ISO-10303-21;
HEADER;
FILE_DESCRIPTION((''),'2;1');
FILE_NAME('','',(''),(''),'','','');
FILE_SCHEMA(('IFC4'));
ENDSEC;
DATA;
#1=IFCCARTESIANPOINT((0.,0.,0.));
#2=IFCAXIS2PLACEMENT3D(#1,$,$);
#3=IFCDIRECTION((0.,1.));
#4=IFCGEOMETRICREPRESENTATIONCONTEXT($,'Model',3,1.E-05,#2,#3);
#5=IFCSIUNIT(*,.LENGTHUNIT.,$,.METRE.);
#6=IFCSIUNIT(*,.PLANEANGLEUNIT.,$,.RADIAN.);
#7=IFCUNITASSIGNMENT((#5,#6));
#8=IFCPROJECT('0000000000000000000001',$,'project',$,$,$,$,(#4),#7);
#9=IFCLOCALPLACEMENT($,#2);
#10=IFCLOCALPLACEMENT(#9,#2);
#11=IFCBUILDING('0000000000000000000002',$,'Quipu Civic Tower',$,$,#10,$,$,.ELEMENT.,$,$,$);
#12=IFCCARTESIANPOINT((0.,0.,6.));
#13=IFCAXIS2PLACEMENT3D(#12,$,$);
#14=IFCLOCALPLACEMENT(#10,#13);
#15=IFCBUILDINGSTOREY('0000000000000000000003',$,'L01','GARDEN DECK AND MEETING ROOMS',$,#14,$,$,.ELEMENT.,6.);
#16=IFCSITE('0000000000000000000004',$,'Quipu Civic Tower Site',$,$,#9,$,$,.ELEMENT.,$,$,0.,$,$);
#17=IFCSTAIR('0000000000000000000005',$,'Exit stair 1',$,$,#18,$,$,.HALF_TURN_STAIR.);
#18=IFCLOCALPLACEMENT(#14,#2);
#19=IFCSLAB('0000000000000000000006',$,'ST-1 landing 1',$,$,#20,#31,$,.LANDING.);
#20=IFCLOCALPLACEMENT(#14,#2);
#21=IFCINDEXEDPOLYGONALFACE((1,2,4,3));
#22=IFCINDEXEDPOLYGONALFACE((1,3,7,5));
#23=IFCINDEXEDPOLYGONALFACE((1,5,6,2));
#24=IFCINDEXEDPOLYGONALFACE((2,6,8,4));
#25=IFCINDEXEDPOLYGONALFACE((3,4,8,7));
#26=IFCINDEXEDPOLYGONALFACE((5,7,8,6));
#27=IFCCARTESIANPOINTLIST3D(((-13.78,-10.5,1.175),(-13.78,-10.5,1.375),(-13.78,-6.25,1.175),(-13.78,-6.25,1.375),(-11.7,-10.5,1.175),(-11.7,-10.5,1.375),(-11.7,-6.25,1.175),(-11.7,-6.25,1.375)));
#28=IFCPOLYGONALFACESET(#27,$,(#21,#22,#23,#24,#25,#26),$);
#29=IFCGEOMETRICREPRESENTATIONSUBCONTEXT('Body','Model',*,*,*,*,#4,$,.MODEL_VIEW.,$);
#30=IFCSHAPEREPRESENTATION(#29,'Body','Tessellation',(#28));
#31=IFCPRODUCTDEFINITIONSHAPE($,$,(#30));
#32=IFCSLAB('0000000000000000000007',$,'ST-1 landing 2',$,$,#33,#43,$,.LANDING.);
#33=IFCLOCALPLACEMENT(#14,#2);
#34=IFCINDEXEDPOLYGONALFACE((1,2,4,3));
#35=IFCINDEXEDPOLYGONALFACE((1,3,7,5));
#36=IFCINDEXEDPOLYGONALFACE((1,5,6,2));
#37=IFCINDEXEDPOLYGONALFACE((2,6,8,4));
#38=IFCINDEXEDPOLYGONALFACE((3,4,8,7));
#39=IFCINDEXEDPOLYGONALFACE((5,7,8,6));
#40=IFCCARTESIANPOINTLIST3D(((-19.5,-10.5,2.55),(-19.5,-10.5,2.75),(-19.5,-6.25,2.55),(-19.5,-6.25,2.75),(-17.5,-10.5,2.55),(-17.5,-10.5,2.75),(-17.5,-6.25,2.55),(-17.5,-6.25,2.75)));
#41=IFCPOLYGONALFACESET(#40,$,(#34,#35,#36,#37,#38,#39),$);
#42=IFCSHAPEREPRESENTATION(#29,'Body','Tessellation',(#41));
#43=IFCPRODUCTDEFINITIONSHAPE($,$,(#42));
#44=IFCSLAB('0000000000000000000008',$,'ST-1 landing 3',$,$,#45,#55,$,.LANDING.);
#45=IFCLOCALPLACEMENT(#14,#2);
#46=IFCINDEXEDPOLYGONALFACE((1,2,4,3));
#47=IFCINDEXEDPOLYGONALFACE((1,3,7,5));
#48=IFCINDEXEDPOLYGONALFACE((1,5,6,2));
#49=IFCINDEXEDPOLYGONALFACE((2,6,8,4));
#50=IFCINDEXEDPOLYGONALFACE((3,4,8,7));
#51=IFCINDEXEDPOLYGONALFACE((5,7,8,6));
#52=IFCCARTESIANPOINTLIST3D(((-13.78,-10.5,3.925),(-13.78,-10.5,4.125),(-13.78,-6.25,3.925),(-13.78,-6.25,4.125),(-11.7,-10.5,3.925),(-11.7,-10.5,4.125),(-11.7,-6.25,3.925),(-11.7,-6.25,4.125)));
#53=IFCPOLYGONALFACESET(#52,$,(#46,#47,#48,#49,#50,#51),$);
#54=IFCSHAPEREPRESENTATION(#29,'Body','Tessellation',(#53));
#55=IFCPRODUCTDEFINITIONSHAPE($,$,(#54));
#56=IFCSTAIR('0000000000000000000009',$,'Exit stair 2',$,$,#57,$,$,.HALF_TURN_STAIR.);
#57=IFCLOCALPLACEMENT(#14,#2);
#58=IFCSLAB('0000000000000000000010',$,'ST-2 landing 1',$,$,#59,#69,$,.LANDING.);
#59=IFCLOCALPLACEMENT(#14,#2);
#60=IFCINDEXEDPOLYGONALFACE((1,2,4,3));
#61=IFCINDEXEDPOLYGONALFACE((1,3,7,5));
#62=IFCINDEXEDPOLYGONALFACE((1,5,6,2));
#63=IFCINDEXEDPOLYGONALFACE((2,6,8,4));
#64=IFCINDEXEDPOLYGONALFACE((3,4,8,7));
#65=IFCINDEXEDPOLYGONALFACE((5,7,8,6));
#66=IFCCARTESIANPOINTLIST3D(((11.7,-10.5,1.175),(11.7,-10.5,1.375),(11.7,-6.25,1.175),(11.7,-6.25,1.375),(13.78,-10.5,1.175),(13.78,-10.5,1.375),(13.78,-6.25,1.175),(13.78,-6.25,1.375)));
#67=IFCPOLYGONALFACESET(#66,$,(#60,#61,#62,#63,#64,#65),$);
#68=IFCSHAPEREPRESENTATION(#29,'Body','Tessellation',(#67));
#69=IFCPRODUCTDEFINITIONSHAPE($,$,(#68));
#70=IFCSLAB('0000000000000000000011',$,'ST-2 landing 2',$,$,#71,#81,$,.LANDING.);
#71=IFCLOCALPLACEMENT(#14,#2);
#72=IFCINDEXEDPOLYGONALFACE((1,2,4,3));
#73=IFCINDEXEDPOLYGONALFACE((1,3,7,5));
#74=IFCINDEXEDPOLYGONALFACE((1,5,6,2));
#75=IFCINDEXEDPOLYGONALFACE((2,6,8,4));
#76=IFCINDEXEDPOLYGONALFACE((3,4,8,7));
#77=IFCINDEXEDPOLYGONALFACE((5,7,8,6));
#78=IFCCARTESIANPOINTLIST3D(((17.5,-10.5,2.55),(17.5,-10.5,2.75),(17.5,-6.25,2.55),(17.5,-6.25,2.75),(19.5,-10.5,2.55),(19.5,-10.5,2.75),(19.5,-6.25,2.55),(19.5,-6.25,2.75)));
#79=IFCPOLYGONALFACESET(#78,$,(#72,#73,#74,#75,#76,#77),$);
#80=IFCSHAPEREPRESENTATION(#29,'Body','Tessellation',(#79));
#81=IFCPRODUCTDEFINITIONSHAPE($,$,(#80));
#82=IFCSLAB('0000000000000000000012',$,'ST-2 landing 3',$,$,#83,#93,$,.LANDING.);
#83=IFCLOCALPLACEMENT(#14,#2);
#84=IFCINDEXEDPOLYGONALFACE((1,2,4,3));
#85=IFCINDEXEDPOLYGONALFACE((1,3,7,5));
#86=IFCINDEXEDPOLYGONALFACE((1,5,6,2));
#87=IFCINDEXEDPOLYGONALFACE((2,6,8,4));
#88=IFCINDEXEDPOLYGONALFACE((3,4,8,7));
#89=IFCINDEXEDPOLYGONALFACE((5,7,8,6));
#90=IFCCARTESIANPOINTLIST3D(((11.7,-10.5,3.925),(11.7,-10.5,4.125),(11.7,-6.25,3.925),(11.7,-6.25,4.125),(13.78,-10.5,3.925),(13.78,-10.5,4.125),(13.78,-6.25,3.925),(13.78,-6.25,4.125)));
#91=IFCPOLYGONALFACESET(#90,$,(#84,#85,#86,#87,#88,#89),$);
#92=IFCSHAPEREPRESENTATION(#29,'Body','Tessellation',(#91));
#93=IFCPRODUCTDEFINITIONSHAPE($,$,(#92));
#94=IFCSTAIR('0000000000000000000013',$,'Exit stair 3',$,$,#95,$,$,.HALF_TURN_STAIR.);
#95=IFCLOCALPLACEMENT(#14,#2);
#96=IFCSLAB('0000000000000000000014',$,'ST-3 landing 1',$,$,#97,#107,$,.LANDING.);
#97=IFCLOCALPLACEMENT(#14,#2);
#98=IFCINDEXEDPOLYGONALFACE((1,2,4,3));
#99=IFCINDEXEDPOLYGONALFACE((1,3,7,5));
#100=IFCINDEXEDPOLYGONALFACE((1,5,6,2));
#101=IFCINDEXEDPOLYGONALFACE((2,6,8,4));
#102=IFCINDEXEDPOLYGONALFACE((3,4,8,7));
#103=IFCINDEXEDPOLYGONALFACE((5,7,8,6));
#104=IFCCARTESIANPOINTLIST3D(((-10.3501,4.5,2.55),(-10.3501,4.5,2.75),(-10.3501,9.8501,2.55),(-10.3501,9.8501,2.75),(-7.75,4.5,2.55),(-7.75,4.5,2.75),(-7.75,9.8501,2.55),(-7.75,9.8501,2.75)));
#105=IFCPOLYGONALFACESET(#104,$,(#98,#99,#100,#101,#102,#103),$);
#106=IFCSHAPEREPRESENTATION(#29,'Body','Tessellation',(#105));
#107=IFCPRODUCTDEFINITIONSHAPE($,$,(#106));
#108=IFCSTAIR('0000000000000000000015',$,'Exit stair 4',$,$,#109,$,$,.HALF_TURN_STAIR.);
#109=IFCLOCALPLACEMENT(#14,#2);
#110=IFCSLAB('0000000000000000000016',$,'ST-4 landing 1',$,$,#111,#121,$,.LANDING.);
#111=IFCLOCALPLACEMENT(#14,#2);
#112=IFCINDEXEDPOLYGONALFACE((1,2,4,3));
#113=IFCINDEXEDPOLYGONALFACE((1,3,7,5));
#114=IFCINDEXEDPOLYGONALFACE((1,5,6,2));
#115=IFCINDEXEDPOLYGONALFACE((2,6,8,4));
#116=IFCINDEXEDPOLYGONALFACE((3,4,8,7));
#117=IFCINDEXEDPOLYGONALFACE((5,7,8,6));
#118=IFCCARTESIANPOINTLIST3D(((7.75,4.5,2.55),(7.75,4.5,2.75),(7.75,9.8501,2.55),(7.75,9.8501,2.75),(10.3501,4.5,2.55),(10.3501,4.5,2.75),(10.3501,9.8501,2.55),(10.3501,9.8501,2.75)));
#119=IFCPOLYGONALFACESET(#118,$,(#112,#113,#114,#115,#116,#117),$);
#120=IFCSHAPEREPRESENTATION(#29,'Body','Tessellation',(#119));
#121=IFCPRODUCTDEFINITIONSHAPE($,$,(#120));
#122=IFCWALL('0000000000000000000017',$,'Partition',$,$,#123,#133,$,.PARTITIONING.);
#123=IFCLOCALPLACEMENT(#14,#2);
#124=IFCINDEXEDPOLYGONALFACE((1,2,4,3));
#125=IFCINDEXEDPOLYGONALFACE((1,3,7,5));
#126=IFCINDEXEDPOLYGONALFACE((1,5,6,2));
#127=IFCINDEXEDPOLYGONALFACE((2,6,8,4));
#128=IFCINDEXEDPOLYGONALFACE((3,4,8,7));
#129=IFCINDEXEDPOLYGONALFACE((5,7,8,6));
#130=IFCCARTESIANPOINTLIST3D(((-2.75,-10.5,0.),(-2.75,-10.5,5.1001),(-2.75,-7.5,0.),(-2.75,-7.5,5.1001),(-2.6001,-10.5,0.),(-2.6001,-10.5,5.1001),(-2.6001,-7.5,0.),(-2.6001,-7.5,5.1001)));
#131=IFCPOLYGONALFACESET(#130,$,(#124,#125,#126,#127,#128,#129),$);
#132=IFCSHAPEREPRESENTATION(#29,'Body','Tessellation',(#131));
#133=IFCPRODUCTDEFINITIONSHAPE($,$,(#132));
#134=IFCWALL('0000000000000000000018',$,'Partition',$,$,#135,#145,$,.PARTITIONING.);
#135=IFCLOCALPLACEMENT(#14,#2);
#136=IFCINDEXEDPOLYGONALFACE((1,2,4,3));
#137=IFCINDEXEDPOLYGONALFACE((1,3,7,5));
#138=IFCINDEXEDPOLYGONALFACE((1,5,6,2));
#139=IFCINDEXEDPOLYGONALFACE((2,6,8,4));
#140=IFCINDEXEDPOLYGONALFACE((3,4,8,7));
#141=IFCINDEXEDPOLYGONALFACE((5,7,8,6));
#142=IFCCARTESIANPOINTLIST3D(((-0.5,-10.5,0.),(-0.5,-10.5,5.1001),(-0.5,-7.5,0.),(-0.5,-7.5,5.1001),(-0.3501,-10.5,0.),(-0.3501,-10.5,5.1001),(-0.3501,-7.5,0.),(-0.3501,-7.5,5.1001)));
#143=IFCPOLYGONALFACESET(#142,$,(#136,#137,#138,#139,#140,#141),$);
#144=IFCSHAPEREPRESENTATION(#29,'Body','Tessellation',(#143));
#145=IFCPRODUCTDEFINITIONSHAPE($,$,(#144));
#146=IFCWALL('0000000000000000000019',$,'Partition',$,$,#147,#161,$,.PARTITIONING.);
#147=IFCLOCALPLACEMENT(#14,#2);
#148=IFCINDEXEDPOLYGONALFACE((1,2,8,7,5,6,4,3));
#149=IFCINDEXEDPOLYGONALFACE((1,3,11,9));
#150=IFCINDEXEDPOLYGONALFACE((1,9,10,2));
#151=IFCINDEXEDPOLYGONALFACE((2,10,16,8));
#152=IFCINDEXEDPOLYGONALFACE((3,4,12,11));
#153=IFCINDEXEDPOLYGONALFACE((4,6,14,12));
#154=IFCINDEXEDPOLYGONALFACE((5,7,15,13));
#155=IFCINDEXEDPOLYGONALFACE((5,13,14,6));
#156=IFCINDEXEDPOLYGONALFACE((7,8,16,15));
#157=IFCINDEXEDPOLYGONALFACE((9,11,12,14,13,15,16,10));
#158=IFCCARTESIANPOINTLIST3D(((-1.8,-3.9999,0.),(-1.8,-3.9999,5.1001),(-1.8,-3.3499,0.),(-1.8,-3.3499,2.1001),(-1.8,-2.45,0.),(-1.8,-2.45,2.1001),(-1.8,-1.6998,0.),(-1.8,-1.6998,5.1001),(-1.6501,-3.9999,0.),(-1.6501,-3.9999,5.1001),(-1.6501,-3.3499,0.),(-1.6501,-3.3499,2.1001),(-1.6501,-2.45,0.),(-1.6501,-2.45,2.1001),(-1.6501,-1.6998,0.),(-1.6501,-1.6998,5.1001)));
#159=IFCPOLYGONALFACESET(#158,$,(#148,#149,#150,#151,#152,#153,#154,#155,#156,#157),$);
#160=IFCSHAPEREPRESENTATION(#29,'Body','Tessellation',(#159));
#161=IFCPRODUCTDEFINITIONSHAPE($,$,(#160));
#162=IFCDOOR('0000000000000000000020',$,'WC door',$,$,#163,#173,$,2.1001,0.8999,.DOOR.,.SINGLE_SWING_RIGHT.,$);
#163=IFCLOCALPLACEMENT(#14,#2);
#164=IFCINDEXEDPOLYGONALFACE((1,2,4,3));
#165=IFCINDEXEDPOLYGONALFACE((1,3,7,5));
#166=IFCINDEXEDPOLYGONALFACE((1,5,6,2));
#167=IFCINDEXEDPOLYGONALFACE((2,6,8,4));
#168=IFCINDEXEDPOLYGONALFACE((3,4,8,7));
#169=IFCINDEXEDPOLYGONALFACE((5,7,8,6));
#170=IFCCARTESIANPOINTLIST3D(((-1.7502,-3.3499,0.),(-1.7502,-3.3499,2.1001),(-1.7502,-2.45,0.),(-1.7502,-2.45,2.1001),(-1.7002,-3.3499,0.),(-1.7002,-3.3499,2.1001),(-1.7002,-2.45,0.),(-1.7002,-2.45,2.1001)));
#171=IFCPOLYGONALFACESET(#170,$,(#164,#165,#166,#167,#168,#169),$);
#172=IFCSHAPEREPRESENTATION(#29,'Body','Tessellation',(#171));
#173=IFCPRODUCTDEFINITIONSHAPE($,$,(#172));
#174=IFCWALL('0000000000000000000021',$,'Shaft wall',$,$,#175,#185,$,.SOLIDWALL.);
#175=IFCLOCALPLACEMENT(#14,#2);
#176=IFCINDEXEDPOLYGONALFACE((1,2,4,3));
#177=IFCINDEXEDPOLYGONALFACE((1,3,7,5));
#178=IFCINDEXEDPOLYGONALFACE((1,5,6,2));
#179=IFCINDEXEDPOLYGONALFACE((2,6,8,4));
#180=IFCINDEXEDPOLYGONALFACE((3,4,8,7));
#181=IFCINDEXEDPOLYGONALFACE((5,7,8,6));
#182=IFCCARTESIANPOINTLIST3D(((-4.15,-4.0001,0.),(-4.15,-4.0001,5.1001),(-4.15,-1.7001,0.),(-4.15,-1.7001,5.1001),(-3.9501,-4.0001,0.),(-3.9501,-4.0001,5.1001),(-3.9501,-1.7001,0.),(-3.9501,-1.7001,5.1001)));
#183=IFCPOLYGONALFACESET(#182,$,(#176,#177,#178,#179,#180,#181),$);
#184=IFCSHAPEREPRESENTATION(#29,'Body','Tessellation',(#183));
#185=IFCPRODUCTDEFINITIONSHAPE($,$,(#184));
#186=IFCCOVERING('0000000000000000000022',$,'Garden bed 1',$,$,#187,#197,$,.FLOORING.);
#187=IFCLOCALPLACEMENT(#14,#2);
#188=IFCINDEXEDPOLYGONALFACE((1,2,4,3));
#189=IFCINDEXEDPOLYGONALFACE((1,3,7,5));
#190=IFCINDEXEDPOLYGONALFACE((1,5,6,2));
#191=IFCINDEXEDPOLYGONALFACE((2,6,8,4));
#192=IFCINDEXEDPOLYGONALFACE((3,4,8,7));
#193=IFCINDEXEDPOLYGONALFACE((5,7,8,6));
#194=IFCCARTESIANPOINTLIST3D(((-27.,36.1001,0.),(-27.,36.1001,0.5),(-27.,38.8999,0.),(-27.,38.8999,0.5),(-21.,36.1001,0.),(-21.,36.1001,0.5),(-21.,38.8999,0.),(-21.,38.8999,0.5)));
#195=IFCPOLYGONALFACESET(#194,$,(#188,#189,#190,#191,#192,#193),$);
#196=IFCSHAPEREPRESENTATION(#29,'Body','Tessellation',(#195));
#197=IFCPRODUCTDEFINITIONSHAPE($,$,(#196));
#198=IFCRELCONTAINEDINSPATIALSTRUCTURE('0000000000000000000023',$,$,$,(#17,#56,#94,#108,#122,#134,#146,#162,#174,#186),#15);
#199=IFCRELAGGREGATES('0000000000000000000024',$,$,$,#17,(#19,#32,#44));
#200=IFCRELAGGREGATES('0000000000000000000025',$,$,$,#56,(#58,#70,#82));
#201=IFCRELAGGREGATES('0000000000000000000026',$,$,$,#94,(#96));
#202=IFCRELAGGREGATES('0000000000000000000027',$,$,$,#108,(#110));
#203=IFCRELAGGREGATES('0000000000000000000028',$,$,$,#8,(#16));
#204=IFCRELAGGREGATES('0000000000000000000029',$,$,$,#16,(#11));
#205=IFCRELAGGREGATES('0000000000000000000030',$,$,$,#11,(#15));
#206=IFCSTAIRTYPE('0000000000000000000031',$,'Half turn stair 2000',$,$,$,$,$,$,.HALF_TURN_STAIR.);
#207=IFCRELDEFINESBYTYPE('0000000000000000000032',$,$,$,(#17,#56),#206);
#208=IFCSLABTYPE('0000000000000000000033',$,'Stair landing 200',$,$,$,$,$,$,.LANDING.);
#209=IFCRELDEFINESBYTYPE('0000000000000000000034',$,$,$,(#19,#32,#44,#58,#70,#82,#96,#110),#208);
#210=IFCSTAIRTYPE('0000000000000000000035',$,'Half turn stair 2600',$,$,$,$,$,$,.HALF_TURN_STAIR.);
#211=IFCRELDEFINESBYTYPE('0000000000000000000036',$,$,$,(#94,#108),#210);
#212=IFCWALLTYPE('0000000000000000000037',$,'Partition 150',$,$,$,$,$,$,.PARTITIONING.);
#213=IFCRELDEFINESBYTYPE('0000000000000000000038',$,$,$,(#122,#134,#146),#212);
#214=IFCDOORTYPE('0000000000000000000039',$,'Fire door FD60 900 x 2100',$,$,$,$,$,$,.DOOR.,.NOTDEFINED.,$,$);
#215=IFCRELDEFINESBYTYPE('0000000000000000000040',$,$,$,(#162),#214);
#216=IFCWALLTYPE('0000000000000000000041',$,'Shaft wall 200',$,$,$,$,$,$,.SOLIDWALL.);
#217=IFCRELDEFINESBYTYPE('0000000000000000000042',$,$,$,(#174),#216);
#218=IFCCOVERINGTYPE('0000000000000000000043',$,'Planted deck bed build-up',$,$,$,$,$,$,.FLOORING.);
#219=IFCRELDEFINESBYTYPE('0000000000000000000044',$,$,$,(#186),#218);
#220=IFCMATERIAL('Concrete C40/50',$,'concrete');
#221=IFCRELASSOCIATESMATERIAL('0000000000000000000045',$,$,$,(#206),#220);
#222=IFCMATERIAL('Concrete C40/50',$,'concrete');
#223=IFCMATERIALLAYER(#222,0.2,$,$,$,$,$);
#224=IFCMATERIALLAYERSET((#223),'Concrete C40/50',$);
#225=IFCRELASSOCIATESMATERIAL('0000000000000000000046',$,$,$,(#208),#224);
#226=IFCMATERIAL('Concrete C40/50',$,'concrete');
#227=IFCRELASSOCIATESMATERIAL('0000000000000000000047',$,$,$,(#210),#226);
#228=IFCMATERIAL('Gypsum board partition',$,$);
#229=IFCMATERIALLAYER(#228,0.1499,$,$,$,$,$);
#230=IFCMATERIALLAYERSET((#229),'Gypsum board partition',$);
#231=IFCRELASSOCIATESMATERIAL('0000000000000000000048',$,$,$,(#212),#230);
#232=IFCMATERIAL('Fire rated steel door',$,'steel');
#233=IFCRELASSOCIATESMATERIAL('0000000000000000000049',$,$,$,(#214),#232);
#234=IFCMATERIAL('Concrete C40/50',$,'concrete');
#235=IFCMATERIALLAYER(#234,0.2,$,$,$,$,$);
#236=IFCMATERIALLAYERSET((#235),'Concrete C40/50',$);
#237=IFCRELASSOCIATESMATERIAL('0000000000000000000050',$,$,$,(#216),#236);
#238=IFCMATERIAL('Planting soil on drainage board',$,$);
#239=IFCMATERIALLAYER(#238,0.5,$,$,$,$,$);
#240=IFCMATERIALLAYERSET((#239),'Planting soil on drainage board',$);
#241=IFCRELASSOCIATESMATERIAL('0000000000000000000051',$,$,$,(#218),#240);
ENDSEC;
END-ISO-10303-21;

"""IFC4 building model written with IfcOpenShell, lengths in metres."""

from ifc_helpers import new_model, si_unit, direction, frame, frame_2d, origin, place, context, subcontext, project, spatial, polyline, rectangle, outline, extrude, material, layer, layer_set, type_object, element, fill, aggregate, save


model = new_model("IFC4")

# Units and contexts
model_context = context("Model", 3, precision=1e-05, world=origin(), true_north=direction((0.0, 1.0)))
body_context = subcontext(model_context, "Body", "Model", "MODEL_VIEW")
ifc_project = project(units=[si_unit("LENGTHUNIT", "METRE"), si_unit("PLANEANGLEUNIT", "RADIAN")], contexts=[model_context])

# Site, building, storey
site_placement = place(None, origin())
site = spatial("IfcSite", under=ifc_project, at=site_placement, Name="Quipu Civic Tower Site", CompositionType="ELEMENT", RefElevation=0.0)
building_placement = place(site_placement, origin())
building = spatial("IfcBuilding", under=site, at=building_placement, Name="Quipu Civic Tower", CompositionType="ELEMENT")
storey_placement = place(building_placement, frame((0.0, 0.0, 6.0)))
storey = spatial("IfcBuildingStorey", under=building, at=storey_placement, Name="L01", Description="GARDEN DECK AND MEETING ROOMS", CompositionType="ELEMENT", Elevation=6.0)

# Stairs, slabs
ifc_material_1 = material(Name="Concrete C40/50", Category="concrete")
stair_type_1 = type_object("IfcStairType", Name="Half turn stair 2000", PredefinedType="HALF_TURN_STAIR", material=ifc_material_1)
stair_1_placement = place(storey_placement, origin())
stair_1 = element("IfcStair", 1, at=stair_1_placement, inside=storey, type_object=stair_type_1, Name="Exit stair 1", PredefinedType="HALF_TURN_STAIR")
ifc_material_2 = material(Name="Concrete C40/50", Category="concrete")
ifc_layer_1 = layer(ifc_material_2, 0.2)
ifc_layer_set_1 = layer_set([ifc_layer_1], Name="Concrete C40/50")
slab_type_1 = type_object("IfcSlabType", Name="Stair landing 200", PredefinedType="LANDING", material=ifc_layer_set_1)
slab_1_placement = place(storey_placement, frame((0.0, 0.0, 1.175)))
slab_1 = element("IfcSlab", 2, at=slab_1_placement, type_object=slab_type_1, Name="ST-1 landing 1", PredefinedType="LANDING", context=body_context, shape_type="SweptSolid", body=[
    extrude(outline(polyline([(-13.78, -10.5), (-11.7, -10.5), (-11.7, -6.25), (-13.78, -6.25), (-13.78, -10.5)])), origin(), (0.0, 0.0, 1.0), 0.2),
])
slab_2_placement = place(storey_placement, frame((0.0, 0.0, 2.55)))
slab_2 = element("IfcSlab", 3, at=slab_2_placement, type_object=slab_type_1, Name="ST-1 landing 2", PredefinedType="LANDING", context=body_context, shape_type="SweptSolid", body=[
    extrude(outline(polyline([(-19.5, -10.5), (-17.5, -10.5), (-17.5, -6.25), (-19.5, -6.25), (-19.5, -10.5)])), origin(), (0.0, 0.0, 1.0), 0.2),
])
slab_3_placement = place(storey_placement, frame((0.0, 0.0, 3.925)))
slab_3 = element("IfcSlab", 4, at=slab_3_placement, type_object=slab_type_1, Name="ST-1 landing 3", PredefinedType="LANDING", context=body_context, shape_type="SweptSolid", body=[
    extrude(outline(polyline([(-13.78, -10.5), (-11.7, -10.5), (-11.7, -6.25), (-13.78, -6.25), (-13.78, -10.5)])), origin(), (0.0, 0.0, 1.0), 0.2),
])
aggregate(stair_1, [slab_1, slab_2, slab_3])
stair_2_placement = place(storey_placement, origin())
stair_2 = element("IfcStair", 5, at=stair_2_placement, inside=storey, type_object=stair_type_1, Name="Exit stair 2", PredefinedType="HALF_TURN_STAIR")
slab_4_placement = place(storey_placement, frame((0.0, 0.0, 1.175)))
slab_4 = element("IfcSlab", 6, at=slab_4_placement, type_object=slab_type_1, Name="ST-2 landing 1", PredefinedType="LANDING", context=body_context, shape_type="SweptSolid", body=[
    extrude(outline(polyline([(13.78, -6.25), (11.7, -6.25), (11.7, -10.5), (13.78, -10.5), (13.78, -6.25)])), origin(), (0.0, 0.0, 1.0), 0.2),
])
slab_5_placement = place(storey_placement, frame((0.0, 0.0, 2.55)))
slab_5 = element("IfcSlab", 7, at=slab_5_placement, type_object=slab_type_1, Name="ST-2 landing 2", PredefinedType="LANDING", context=body_context, shape_type="SweptSolid", body=[
    extrude(outline(polyline([(19.5, -6.25), (17.5, -6.25), (17.5, -10.5), (19.5, -10.5), (19.5, -6.25)])), origin(), (0.0, 0.0, 1.0), 0.2),
])
slab_6_placement = place(storey_placement, frame((0.0, 0.0, 3.925)))
slab_6 = element("IfcSlab", 8, at=slab_6_placement, type_object=slab_type_1, Name="ST-2 landing 3", PredefinedType="LANDING", context=body_context, shape_type="SweptSolid", body=[
    extrude(outline(polyline([(13.78, -6.25), (11.7, -6.25), (11.7, -10.5), (13.78, -10.5), (13.78, -6.25)])), origin(), (0.0, 0.0, 1.0), 0.2),
])
aggregate(stair_2, [slab_4, slab_5, slab_6])

# Stairs, slabs
ifc_material_3 = material(Name="Concrete C40/50", Category="concrete")
stair_type_2 = type_object("IfcStairType", Name="Half turn stair 2600", PredefinedType="HALF_TURN_STAIR", material=ifc_material_3)
stair_3_placement = place(storey_placement, origin())
stair_3 = element("IfcStair", 9, at=stair_3_placement, inside=storey, type_object=stair_type_2, Name="Exit stair 3", PredefinedType="HALF_TURN_STAIR")
slab_7_placement = place(storey_placement, frame((0.0, 0.0, 2.55)))
slab_7 = element("IfcSlab", 10, at=slab_7_placement, type_object=slab_type_1, Name="ST-3 landing 1", PredefinedType="LANDING", context=body_context, shape_type="SweptSolid", body=[
    extrude(outline(polyline([(-10.3501, 4.5), (-7.75, 4.5), (-7.75, 9.8501), (-10.3501, 9.8501), (-10.3501, 4.5)])), origin(), (0.0, 0.0, 1.0), 0.2),
])
aggregate(stair_3, [slab_7])
stair_4_placement = place(storey_placement, origin())
stair_4 = element("IfcStair", 11, at=stair_4_placement, inside=storey, type_object=stair_type_2, Name="Exit stair 4", PredefinedType="HALF_TURN_STAIR")
slab_8_placement = place(storey_placement, frame((0.0, 0.0, 2.55)))
slab_8 = element("IfcSlab", 12, at=slab_8_placement, type_object=slab_type_1, Name="ST-4 landing 1", PredefinedType="LANDING", context=body_context, shape_type="SweptSolid", body=[
    extrude(outline(polyline([(10.3501, 9.8501), (7.75, 9.8501), (7.75, 4.5), (10.3501, 4.5), (10.3501, 9.8501)])), origin(), (0.0, 0.0, 1.0), 0.2),
])
aggregate(stair_4, [slab_8])

# Walls
ifc_material_4 = material(Name="Gypsum board partition")
ifc_layer_2 = layer(ifc_material_4, 0.1499)
ifc_layer_set_2 = layer_set([ifc_layer_2], Name="Gypsum board partition")
wall_type_1 = type_object("IfcWallType", Name="Partition 150", PredefinedType="PARTITIONING", material=ifc_layer_set_2)
for number, where, z_axis, x_axis, name in (
    (13, (-2.675, -10.5, 0.0), (0.0, 0.0, 1.0), (0.0, 1.0, 0.0), "Partition"),
    (14, (-0.425, -10.5, 0.0), (0.0, 0.0, 1.0), (0.0, 1.0, 0.0), "Partition"),
):
    element("IfcWall", number, at=place(storey_placement, frame(where, z_axis=z_axis, x_axis=x_axis)), inside=storey, type_object=wall_type_1, Name=name, PredefinedType="PARTITIONING", context=body_context, shape_type="SweptSolid", body=[
        extrude(rectangle(XDim=3.0, YDim=0.1499, at=frame_2d((1.5, 0.0))), origin(), (0.0, 0.0, 1.0), 5.1001),
    ])

# Wall, opening, door
wall_1_placement = place(storey_placement, frame((-1.7251, -1.7, 0.0), z_axis=(0.0, 0.0, 1.0), x_axis=(0.0, -1.0, 0.0)))
wall_1 = element("IfcWall", 15, at=wall_1_placement, inside=storey, type_object=wall_type_1, Name="Partition", PredefinedType="PARTITIONING", context=body_context, shape_type="SweptSolid", body=[
    extrude(rectangle(XDim=2.3, YDim=0.1499, at=frame_2d((1.1499, 0.0))), origin(), (0.0, 0.0, 1.0), 5.1001),
])
opening_1_placement = place(wall_1_placement, frame((0.75, 0.0, 0.0)))
opening_1 = element("IfcOpeningElement", 16, at=opening_1_placement, cuts=wall_1, PredefinedType="OPENING", context=body_context, shape_type="SweptSolid", body=[
    extrude(rectangle(XDim=0.8999, YDim=2.1001, at=frame_2d((0.45, 1.05))), frame((0.0, 0.085, 0.0), z_axis=(0.0, -1.0, 0.0), x_axis=(1.0, 0.0, 0.0)), (0.0, 0.0, 1.0), 0.1699),
])
ifc_material_5 = material(Name="Fire rated steel door", Category="steel")
door_type = type_object("IfcDoorType", Name="Fire door FD60 900 x 2100", OperationType="NOTDEFINED", PredefinedType="DOOR", material=ifc_material_5)
door_placement = place(opening_1_placement, origin())
door = element("IfcDoor", 17, at=door_placement, inside=storey, type_object=door_type, Name="WC door", OperationType="SINGLE_SWING_RIGHT", OverallHeight=2.1001, OverallWidth=0.8999, PredefinedType="DOOR", context=body_context, shape_type="SweptSolid", body=[
    extrude(rectangle(XDim=0.8999, YDim=2.1001, at=frame_2d((0.45, 1.05))), frame((0.0, 0.0249, 0.0), z_axis=(0.0, -1.0, 0.0), x_axis=(1.0, 0.0, 0.0)), (0.0, 0.0, 1.0), 0.05),
])
fill(opening_1, door)

# Wall
ifc_material_6 = material(Name="Concrete C40/50", Category="concrete")
ifc_layer_3 = layer(ifc_material_6, 0.2)
ifc_layer_set_3 = layer_set([ifc_layer_3], Name="Concrete C40/50")
wall_type_2 = type_object("IfcWallType", Name="Shaft wall 200", PredefinedType="SOLIDWALL", material=ifc_layer_set_3)
wall_2_placement = place(storey_placement, frame((-4.05, -4.0, 0.0), z_axis=(0.0, 0.0, 1.0), x_axis=(0.0, 1.0, 0.0)))
element("IfcWall", 18, at=wall_2_placement, inside=storey, type_object=wall_type_2, Name="Shaft wall", PredefinedType="SOLIDWALL", context=body_context, shape_type="SweptSolid", body=[
    extrude(rectangle(XDim=2.3, YDim=0.2, at=frame_2d((1.1499, 0.0))), origin(), (0.0, 0.0, 1.0), 5.1001),
])

# Covering
ifc_material_7 = material(Name="Planting soil on drainage board")
ifc_layer_4 = layer(ifc_material_7, 0.5)
ifc_layer_set_4 = layer_set([ifc_layer_4], Name="Planting soil on drainage board")
covering_type = type_object("IfcCoveringType", Name="Planted deck bed build-up", PredefinedType="FLOORING", material=ifc_layer_set_4)
covering_1_placement = place(storey_placement, origin())
element("IfcCovering", 19, at=covering_1_placement, inside=storey, type_object=covering_type, Name="Garden bed 1", PredefinedType="FLOORING", context=body_context, shape_type="SweptSolid", body=[
    extrude(outline(polyline([(-27.0, 38.8999), (-21.0, 38.8999), (-21.0, 36.1001), (-27.0, 36.1001), (-27.0, 38.8999)])), origin(), (0.0, 0.0, 1.0), 0.5),
])

save(model, "model.ifc")
